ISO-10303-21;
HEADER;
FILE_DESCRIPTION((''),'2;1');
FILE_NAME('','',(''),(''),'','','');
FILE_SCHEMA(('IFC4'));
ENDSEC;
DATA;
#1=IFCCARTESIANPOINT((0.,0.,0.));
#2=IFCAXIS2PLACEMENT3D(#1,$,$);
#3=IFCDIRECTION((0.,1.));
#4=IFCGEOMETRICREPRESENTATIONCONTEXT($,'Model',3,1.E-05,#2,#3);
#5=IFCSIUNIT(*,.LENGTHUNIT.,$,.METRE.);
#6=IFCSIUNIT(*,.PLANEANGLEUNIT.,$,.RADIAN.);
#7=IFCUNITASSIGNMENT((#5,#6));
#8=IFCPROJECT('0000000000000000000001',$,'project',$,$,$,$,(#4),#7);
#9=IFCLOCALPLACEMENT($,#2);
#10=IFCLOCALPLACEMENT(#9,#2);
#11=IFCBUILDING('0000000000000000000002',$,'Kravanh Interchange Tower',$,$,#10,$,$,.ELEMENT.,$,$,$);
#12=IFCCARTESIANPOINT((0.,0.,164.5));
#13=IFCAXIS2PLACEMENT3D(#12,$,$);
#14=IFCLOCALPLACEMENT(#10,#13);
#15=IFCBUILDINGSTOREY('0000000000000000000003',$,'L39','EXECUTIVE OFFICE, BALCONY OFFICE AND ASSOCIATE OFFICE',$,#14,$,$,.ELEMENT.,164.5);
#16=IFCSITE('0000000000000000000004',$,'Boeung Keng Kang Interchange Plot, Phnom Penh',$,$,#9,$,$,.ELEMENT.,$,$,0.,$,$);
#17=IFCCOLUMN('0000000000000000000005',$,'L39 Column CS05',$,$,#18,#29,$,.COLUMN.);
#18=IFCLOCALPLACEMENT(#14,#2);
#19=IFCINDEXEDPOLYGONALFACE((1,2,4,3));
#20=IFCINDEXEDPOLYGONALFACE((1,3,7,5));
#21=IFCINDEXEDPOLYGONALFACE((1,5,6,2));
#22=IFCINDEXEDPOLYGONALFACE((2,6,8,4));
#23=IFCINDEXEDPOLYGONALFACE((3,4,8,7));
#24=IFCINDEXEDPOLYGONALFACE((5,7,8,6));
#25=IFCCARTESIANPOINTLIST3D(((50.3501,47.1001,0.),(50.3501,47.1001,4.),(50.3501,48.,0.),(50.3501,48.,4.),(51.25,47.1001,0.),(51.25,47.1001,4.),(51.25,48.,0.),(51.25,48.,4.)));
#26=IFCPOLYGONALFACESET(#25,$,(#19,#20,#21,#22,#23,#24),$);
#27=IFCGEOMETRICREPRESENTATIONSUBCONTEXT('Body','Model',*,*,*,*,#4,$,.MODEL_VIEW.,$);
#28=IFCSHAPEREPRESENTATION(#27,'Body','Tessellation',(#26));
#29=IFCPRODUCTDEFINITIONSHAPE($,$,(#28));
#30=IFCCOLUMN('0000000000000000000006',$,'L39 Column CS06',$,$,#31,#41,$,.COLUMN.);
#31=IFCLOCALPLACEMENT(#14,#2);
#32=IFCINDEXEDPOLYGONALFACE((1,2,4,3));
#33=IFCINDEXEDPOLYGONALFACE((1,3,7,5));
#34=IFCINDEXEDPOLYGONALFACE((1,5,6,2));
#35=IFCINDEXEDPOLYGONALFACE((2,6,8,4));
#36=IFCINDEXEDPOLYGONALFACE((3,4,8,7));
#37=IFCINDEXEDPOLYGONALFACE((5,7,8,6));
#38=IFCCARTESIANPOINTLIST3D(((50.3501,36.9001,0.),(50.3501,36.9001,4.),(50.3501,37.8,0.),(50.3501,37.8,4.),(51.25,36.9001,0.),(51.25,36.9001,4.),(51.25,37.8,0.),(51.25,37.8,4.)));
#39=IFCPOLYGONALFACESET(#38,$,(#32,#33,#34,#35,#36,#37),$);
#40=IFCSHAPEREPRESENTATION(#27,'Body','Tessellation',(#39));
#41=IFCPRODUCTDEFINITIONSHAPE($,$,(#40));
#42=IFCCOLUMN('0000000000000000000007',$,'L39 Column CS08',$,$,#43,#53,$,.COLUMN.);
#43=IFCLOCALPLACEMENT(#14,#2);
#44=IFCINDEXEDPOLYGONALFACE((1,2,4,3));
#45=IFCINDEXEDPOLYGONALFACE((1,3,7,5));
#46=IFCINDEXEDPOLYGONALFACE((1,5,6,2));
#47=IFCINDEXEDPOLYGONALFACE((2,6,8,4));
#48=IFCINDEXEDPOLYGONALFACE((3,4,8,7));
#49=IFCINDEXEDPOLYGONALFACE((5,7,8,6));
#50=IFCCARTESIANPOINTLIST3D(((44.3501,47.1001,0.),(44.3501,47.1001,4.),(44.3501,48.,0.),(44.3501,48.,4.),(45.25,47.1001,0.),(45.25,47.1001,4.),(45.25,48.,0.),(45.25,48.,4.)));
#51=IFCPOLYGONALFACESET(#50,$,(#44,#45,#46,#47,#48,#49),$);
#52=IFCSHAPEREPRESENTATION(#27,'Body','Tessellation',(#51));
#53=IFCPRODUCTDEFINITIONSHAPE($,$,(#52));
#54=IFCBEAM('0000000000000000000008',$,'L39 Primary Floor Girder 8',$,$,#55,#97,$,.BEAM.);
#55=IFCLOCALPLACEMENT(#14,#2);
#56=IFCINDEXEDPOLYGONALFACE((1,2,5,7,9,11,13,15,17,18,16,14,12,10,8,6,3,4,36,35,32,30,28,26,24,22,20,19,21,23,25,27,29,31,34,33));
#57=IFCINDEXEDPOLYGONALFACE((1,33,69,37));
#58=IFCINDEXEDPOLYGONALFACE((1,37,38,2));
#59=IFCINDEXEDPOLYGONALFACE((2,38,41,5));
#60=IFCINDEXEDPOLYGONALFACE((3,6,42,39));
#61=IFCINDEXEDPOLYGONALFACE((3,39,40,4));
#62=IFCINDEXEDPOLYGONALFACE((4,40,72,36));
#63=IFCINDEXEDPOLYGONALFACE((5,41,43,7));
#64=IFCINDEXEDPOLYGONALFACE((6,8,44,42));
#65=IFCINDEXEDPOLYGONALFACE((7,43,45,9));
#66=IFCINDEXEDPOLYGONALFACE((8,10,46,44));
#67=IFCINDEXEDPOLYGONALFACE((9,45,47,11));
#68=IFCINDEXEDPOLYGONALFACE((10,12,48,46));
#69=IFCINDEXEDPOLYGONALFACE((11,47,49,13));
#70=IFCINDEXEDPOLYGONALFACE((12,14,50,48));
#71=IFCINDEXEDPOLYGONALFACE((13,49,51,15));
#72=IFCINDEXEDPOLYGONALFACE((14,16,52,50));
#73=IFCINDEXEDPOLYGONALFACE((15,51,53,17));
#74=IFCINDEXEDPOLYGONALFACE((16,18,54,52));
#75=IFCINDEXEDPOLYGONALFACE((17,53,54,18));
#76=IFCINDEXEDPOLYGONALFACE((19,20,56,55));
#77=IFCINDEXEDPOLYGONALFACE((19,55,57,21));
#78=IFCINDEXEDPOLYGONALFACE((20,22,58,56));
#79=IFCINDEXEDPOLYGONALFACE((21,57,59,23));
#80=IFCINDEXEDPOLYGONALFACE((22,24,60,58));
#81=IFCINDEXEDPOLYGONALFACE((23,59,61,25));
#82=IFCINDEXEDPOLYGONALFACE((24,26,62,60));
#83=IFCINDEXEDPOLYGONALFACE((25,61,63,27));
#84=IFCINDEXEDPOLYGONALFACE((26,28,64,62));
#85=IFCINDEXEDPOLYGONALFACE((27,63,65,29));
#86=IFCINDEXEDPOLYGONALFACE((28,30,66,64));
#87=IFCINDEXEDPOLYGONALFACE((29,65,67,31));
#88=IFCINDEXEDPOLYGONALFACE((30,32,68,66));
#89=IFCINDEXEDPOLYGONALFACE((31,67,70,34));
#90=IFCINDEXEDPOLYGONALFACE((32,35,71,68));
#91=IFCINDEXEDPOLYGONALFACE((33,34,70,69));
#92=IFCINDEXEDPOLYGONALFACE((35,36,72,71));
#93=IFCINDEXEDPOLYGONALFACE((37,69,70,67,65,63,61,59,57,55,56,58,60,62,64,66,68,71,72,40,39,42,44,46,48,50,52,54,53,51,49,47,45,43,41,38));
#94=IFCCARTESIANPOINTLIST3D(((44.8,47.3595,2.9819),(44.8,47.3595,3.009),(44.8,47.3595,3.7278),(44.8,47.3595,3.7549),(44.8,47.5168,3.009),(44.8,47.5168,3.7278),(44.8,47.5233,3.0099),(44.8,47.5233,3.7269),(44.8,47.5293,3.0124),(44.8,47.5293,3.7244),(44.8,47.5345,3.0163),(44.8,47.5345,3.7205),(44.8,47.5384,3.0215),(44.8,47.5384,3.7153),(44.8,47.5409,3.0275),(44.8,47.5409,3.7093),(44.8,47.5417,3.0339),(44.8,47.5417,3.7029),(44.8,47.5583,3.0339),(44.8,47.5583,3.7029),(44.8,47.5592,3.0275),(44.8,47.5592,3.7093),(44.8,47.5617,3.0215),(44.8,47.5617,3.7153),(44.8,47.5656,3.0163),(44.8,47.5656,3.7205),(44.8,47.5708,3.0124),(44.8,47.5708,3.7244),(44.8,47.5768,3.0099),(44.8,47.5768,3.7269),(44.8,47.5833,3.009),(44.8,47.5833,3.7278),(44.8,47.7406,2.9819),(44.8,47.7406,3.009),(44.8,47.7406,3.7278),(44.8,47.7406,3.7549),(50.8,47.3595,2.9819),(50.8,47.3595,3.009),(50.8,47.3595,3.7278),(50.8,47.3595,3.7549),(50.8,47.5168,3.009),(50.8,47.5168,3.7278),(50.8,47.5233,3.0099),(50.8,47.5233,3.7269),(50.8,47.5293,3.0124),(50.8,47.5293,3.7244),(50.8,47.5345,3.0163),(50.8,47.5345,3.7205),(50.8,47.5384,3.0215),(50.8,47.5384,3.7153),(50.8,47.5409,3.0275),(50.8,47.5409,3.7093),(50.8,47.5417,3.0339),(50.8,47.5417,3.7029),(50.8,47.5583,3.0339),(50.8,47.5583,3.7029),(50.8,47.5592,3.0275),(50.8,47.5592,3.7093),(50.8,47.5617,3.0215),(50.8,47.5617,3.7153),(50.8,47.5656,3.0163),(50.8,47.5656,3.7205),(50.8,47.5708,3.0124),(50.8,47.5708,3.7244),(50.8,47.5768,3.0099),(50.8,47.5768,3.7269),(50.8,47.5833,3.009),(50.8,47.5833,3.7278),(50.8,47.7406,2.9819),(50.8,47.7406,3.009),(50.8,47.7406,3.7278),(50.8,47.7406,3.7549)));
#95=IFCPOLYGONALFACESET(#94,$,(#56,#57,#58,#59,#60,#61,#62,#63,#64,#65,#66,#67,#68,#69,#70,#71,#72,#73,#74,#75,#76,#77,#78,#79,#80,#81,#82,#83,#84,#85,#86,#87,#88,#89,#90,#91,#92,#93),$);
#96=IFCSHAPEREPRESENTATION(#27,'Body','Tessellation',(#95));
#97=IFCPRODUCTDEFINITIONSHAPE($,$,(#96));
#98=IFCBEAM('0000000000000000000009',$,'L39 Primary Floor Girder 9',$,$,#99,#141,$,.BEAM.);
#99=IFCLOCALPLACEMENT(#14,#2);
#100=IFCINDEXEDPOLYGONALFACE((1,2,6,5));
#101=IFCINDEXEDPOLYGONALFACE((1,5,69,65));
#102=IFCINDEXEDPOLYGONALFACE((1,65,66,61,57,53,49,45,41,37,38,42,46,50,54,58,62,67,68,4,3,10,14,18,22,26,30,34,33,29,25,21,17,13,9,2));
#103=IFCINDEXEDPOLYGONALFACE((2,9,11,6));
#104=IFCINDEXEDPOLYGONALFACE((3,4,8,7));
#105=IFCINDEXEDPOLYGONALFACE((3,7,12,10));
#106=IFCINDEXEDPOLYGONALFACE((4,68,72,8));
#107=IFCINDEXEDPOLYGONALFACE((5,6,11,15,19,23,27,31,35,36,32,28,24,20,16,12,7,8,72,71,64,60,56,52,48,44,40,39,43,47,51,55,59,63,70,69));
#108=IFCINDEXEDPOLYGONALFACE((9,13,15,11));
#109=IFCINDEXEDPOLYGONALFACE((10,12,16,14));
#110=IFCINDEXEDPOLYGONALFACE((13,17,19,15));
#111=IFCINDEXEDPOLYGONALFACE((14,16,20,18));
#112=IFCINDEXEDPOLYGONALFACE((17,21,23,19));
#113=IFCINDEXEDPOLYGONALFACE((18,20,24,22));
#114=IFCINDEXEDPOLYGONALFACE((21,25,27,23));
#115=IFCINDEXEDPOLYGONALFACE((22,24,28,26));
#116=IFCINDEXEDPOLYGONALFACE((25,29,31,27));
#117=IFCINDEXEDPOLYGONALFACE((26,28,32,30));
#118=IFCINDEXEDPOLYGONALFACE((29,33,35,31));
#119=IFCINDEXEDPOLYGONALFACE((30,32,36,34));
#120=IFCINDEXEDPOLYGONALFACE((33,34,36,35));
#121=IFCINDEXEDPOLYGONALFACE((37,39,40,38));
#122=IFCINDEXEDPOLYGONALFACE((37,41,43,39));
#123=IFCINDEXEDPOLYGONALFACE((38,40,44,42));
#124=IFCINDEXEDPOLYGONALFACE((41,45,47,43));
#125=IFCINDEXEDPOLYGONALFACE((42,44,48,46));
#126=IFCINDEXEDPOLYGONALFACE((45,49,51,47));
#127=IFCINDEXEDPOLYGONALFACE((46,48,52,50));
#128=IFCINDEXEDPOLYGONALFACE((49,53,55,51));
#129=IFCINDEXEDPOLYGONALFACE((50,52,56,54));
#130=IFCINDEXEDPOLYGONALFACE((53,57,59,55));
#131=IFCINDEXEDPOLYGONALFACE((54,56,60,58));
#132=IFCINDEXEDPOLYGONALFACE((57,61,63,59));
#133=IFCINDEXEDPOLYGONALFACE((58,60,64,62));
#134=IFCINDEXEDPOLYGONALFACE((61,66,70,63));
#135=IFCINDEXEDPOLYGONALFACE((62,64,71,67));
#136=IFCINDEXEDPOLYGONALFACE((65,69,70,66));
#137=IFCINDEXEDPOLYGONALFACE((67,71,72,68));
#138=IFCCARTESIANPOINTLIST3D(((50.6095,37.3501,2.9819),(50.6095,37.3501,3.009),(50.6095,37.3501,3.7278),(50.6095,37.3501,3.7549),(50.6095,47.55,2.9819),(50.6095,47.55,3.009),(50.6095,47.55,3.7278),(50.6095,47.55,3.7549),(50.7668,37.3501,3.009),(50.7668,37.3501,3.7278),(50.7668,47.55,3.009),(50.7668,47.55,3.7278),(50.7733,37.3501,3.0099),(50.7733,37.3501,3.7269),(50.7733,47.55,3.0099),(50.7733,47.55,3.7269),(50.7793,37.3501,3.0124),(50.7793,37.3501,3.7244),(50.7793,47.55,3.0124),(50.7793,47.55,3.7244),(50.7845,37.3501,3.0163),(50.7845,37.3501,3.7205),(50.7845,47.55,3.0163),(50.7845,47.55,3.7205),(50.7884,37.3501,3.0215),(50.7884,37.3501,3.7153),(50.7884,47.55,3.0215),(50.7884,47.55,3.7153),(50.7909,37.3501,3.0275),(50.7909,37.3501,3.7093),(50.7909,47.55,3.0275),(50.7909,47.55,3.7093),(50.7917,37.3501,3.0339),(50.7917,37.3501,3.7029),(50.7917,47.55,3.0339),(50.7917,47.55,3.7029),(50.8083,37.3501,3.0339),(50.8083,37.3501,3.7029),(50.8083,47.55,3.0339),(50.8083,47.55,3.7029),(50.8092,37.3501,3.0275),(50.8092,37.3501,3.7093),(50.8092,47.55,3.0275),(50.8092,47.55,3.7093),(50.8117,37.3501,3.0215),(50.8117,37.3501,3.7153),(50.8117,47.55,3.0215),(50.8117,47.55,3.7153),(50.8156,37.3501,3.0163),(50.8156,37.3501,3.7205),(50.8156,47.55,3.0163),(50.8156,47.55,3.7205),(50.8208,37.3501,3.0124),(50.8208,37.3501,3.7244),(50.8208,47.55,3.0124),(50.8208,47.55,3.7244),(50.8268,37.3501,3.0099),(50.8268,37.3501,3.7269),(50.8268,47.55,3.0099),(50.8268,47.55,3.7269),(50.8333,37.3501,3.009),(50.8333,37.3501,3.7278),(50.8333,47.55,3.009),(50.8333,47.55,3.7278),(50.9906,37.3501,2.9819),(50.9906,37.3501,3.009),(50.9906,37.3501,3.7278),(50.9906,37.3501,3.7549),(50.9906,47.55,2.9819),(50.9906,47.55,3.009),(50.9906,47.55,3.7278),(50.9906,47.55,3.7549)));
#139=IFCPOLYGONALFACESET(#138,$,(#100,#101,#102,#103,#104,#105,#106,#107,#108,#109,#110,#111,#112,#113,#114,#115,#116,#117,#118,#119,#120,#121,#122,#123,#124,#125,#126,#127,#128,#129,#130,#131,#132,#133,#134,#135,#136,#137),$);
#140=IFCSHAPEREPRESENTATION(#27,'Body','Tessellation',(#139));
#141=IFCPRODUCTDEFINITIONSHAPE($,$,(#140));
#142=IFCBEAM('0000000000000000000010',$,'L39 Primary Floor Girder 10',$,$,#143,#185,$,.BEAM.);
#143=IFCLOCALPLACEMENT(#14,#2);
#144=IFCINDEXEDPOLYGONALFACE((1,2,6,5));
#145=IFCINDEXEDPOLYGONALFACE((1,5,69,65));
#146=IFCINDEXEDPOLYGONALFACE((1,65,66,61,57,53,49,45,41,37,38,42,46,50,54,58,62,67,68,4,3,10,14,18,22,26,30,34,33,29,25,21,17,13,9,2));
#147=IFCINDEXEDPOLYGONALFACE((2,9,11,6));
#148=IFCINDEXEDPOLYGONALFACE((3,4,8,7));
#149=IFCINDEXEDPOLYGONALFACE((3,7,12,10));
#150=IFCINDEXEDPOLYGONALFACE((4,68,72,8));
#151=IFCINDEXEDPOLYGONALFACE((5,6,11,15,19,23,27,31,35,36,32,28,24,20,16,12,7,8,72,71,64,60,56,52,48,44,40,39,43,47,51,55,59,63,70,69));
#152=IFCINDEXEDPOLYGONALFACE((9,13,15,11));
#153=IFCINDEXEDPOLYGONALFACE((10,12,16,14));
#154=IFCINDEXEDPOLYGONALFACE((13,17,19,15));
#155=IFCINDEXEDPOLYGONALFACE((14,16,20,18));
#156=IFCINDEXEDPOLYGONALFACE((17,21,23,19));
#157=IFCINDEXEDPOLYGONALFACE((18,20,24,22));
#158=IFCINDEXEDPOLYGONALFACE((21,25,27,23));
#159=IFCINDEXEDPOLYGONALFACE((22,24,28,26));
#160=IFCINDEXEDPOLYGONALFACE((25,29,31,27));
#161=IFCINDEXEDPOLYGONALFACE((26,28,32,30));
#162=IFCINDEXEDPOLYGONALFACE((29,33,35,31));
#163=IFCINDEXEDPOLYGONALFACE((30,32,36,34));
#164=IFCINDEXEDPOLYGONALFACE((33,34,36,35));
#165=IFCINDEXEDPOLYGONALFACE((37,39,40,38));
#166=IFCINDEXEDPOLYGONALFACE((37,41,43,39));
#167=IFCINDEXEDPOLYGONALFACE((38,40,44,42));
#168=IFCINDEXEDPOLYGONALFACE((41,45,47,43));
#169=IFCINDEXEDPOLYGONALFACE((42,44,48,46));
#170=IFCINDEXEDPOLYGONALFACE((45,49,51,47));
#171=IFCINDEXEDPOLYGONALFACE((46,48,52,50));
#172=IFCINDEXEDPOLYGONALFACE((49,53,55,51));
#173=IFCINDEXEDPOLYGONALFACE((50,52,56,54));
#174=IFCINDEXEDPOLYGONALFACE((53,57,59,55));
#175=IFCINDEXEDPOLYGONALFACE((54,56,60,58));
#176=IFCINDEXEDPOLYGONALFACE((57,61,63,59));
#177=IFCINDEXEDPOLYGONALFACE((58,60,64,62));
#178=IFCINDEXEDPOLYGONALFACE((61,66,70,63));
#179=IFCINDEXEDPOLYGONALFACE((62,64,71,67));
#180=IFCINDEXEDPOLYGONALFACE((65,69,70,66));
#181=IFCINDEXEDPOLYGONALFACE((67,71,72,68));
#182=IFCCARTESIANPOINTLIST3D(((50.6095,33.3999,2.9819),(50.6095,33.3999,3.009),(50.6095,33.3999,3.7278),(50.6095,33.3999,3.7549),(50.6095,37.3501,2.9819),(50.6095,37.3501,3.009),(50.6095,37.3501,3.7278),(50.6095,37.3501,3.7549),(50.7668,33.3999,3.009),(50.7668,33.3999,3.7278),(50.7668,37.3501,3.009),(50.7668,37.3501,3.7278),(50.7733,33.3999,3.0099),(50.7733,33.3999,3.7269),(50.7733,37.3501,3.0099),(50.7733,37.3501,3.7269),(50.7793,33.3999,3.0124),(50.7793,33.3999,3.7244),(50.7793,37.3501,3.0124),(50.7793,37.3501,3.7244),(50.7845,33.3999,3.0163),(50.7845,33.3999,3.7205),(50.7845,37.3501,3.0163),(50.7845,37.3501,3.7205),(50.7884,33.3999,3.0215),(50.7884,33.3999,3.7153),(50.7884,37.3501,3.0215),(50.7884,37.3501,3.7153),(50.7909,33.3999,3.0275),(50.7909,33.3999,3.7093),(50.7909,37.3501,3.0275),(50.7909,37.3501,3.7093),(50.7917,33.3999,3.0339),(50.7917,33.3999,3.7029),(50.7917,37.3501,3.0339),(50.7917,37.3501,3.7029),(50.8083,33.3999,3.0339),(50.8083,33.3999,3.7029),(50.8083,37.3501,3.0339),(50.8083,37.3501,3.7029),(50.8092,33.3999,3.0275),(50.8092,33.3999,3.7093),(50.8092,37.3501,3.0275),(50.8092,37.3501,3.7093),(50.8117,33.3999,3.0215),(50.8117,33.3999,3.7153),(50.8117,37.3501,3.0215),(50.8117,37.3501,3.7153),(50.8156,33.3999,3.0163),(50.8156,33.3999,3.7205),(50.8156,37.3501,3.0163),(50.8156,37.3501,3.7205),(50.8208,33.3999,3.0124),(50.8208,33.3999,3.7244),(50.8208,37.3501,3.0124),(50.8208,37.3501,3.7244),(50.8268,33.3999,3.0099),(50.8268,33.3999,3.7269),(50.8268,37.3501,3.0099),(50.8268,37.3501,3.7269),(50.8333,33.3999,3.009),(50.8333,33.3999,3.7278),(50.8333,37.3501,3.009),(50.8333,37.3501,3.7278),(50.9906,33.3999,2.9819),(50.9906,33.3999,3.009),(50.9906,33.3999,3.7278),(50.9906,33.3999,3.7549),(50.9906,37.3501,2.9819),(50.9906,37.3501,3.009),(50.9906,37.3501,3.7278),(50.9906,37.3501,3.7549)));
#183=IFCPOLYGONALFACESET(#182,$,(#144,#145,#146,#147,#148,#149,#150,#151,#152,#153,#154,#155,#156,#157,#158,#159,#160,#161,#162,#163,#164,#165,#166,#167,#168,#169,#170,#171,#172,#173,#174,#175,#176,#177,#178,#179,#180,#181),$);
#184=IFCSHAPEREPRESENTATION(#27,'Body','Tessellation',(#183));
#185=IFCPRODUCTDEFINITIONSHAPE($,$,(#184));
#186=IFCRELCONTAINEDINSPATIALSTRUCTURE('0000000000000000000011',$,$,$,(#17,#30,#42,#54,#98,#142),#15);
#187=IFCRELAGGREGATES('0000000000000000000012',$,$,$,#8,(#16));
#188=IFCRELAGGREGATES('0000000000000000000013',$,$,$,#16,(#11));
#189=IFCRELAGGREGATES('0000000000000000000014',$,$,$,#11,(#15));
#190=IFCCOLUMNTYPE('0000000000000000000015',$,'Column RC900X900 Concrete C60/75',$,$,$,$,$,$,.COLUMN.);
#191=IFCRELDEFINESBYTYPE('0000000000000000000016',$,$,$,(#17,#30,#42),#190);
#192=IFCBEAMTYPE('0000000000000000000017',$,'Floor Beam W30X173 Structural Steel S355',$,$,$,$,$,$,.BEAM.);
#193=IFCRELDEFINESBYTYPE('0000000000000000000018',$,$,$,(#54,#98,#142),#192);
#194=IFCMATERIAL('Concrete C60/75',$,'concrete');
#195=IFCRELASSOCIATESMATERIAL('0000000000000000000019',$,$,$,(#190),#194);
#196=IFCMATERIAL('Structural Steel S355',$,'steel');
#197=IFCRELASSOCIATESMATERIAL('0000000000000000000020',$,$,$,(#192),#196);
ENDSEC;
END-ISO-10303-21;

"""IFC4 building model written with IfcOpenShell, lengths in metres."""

from ifc_helpers import new_model, si_unit, direction, frame, origin, origin_2d, place, context, subcontext, project, spatial, rectangle, i_section, extrude, material, material_profile, profile_set, type_object, element, save


model = new_model("IFC4")

# Units and contexts
model_context = context("Model", 3, precision=1e-05, world=origin(), true_north=direction((0.0, 1.0)))
body_context = subcontext(model_context, "Body", "Model", "MODEL_VIEW")
ifc_project = project(units=[si_unit("LENGTHUNIT", "METRE"), si_unit("PLANEANGLEUNIT", "RADIAN")], contexts=[model_context])

# Site, building, storey
site_placement = place(None, origin())
site = spatial("IfcSite", under=ifc_project, at=site_placement, Name="Boeung Keng Kang Interchange Plot, Phnom Penh", CompositionType="ELEMENT", RefElevation=0.0)
building_placement = place(site_placement, origin())
building = spatial("IfcBuilding", under=site, at=building_placement, Name="Kravanh Interchange Tower", CompositionType="ELEMENT")
storey_placement = place(building_placement, frame((0.0, 0.0, 164.5)))
storey = spatial("IfcBuildingStorey", under=building, at=storey_placement, Name="L39", Description="EXECUTIVE OFFICE, BALCONY OFFICE AND ASSOCIATE OFFICE", CompositionType="ELEMENT", Elevation=164.5)

# Columns
ifc_material_1 = material(Name="Concrete C60/75", Category="concrete")
ifc_material_profile_1 = material_profile(ifc_material_1, rectangle(XDim=0.8999, YDim=0.8999, at=origin_2d()), Name="RC900X900")
ifc_profile_set_1 = profile_set([ifc_material_profile_1], Name="Concrete C60/75")
column_type = type_object("IfcColumnType", Name="Column RC900X900 Concrete C60/75", PredefinedType="COLUMN", material=ifc_profile_set_1)
for number, where, z_axis, x_axis, name in (
    (1, (50.8, 47.55, 0.0), (0.0, 0.0, 1.0), (1.0, 0.0, 0.0), "L39 Column CS05"),
    (2, (50.8, 37.3501, 0.0), (0.0, 0.0, 1.0), (1.0, 0.0, 0.0), "L39 Column CS06"),
    (3, (44.8, 47.55, 0.0), (0.0, 0.0, 1.0), (1.0, 0.0, 0.0), "L39 Column CS08"),
):
    element("IfcColumn", number, at=place(storey_placement, frame(where, z_axis=z_axis, x_axis=x_axis)), inside=storey, type_object=column_type, Name=name, PredefinedType="COLUMN", context=body_context, shape_type="SweptSolid", body=[
        extrude(rectangle(XDim=0.8999, YDim=0.8999, at=origin_2d()), origin(), (0.0, 0.0, 1.0), 4.0),
    ])

# Beams
ifc_material_2 = material(Name="Structural Steel S355", Category="steel")
ifc_material_profile_2 = material_profile(ifc_material_2, i_section(OverallWidth=0.3811, OverallDepth=0.7729, WebThickness=0.0166, FlangeThickness=0.0271, FilletRadius=0.0249, at=origin_2d()), Name="W30X173")
ifc_profile_set_2 = profile_set([ifc_material_profile_2], Name="Structural Steel S355")
beam_type_1 = type_object("IfcBeamType", Name="Floor Beam W30X173 Structural Steel S355", PredefinedType="BEAM", material=ifc_profile_set_2)
beam_1_placement = place(storey_placement, frame((50.8, 47.55, 3.3684), z_axis=(-1.0, 0.0, 0.0), x_axis=(0.0, -1.0, 0.0)))
element("IfcBeam", 4, at=beam_1_placement, inside=storey, type_object=beam_type_1, Name="L39 Primary Floor Girder 8", PredefinedType="BEAM", context=body_context, shape_type="SweptSolid", body=[
    extrude(i_section(OverallWidth=0.3811, OverallDepth=0.7729, WebThickness=0.0166, FlangeThickness=0.0271, FilletRadius=0.0249, at=origin_2d()), origin(), (0.0, 0.0, 1.0), 6.0),
])
beam_2_placement = place(storey_placement, frame((50.8, 47.55, 3.3684), z_axis=(0.0, -1.0, 0.0), x_axis=(1.0, 0.0, 0.0)))
element("IfcBeam", 5, at=beam_2_placement, inside=storey, type_object=beam_type_1, Name="L39 Primary Floor Girder 9", PredefinedType="BEAM", context=body_context, shape_type="SweptSolid", body=[
    extrude(i_section(OverallWidth=0.3811, OverallDepth=0.7729, WebThickness=0.0166, FlangeThickness=0.0271, FilletRadius=0.0249, at=origin_2d()), origin(), (0.0, 0.0, 1.0), 10.2),
])
beam_3_placement = place(storey_placement, frame((50.8, 37.3501, 3.3684), z_axis=(0.0, -1.0, 0.0), x_axis=(1.0, 0.0, 0.0)))
element("IfcBeam", 6, at=beam_3_placement, inside=storey, type_object=beam_type_1, Name="L39 Primary Floor Girder 10", PredefinedType="BEAM", context=body_context, shape_type="SweptSolid", body=[
    extrude(i_section(OverallWidth=0.3811, OverallDepth=0.7729, WebThickness=0.0166, FlangeThickness=0.0271, FilletRadius=0.0249, at=origin_2d()), origin(), (0.0, 0.0, 1.0), 3.9502),
])

save(model, "model.ifc")
